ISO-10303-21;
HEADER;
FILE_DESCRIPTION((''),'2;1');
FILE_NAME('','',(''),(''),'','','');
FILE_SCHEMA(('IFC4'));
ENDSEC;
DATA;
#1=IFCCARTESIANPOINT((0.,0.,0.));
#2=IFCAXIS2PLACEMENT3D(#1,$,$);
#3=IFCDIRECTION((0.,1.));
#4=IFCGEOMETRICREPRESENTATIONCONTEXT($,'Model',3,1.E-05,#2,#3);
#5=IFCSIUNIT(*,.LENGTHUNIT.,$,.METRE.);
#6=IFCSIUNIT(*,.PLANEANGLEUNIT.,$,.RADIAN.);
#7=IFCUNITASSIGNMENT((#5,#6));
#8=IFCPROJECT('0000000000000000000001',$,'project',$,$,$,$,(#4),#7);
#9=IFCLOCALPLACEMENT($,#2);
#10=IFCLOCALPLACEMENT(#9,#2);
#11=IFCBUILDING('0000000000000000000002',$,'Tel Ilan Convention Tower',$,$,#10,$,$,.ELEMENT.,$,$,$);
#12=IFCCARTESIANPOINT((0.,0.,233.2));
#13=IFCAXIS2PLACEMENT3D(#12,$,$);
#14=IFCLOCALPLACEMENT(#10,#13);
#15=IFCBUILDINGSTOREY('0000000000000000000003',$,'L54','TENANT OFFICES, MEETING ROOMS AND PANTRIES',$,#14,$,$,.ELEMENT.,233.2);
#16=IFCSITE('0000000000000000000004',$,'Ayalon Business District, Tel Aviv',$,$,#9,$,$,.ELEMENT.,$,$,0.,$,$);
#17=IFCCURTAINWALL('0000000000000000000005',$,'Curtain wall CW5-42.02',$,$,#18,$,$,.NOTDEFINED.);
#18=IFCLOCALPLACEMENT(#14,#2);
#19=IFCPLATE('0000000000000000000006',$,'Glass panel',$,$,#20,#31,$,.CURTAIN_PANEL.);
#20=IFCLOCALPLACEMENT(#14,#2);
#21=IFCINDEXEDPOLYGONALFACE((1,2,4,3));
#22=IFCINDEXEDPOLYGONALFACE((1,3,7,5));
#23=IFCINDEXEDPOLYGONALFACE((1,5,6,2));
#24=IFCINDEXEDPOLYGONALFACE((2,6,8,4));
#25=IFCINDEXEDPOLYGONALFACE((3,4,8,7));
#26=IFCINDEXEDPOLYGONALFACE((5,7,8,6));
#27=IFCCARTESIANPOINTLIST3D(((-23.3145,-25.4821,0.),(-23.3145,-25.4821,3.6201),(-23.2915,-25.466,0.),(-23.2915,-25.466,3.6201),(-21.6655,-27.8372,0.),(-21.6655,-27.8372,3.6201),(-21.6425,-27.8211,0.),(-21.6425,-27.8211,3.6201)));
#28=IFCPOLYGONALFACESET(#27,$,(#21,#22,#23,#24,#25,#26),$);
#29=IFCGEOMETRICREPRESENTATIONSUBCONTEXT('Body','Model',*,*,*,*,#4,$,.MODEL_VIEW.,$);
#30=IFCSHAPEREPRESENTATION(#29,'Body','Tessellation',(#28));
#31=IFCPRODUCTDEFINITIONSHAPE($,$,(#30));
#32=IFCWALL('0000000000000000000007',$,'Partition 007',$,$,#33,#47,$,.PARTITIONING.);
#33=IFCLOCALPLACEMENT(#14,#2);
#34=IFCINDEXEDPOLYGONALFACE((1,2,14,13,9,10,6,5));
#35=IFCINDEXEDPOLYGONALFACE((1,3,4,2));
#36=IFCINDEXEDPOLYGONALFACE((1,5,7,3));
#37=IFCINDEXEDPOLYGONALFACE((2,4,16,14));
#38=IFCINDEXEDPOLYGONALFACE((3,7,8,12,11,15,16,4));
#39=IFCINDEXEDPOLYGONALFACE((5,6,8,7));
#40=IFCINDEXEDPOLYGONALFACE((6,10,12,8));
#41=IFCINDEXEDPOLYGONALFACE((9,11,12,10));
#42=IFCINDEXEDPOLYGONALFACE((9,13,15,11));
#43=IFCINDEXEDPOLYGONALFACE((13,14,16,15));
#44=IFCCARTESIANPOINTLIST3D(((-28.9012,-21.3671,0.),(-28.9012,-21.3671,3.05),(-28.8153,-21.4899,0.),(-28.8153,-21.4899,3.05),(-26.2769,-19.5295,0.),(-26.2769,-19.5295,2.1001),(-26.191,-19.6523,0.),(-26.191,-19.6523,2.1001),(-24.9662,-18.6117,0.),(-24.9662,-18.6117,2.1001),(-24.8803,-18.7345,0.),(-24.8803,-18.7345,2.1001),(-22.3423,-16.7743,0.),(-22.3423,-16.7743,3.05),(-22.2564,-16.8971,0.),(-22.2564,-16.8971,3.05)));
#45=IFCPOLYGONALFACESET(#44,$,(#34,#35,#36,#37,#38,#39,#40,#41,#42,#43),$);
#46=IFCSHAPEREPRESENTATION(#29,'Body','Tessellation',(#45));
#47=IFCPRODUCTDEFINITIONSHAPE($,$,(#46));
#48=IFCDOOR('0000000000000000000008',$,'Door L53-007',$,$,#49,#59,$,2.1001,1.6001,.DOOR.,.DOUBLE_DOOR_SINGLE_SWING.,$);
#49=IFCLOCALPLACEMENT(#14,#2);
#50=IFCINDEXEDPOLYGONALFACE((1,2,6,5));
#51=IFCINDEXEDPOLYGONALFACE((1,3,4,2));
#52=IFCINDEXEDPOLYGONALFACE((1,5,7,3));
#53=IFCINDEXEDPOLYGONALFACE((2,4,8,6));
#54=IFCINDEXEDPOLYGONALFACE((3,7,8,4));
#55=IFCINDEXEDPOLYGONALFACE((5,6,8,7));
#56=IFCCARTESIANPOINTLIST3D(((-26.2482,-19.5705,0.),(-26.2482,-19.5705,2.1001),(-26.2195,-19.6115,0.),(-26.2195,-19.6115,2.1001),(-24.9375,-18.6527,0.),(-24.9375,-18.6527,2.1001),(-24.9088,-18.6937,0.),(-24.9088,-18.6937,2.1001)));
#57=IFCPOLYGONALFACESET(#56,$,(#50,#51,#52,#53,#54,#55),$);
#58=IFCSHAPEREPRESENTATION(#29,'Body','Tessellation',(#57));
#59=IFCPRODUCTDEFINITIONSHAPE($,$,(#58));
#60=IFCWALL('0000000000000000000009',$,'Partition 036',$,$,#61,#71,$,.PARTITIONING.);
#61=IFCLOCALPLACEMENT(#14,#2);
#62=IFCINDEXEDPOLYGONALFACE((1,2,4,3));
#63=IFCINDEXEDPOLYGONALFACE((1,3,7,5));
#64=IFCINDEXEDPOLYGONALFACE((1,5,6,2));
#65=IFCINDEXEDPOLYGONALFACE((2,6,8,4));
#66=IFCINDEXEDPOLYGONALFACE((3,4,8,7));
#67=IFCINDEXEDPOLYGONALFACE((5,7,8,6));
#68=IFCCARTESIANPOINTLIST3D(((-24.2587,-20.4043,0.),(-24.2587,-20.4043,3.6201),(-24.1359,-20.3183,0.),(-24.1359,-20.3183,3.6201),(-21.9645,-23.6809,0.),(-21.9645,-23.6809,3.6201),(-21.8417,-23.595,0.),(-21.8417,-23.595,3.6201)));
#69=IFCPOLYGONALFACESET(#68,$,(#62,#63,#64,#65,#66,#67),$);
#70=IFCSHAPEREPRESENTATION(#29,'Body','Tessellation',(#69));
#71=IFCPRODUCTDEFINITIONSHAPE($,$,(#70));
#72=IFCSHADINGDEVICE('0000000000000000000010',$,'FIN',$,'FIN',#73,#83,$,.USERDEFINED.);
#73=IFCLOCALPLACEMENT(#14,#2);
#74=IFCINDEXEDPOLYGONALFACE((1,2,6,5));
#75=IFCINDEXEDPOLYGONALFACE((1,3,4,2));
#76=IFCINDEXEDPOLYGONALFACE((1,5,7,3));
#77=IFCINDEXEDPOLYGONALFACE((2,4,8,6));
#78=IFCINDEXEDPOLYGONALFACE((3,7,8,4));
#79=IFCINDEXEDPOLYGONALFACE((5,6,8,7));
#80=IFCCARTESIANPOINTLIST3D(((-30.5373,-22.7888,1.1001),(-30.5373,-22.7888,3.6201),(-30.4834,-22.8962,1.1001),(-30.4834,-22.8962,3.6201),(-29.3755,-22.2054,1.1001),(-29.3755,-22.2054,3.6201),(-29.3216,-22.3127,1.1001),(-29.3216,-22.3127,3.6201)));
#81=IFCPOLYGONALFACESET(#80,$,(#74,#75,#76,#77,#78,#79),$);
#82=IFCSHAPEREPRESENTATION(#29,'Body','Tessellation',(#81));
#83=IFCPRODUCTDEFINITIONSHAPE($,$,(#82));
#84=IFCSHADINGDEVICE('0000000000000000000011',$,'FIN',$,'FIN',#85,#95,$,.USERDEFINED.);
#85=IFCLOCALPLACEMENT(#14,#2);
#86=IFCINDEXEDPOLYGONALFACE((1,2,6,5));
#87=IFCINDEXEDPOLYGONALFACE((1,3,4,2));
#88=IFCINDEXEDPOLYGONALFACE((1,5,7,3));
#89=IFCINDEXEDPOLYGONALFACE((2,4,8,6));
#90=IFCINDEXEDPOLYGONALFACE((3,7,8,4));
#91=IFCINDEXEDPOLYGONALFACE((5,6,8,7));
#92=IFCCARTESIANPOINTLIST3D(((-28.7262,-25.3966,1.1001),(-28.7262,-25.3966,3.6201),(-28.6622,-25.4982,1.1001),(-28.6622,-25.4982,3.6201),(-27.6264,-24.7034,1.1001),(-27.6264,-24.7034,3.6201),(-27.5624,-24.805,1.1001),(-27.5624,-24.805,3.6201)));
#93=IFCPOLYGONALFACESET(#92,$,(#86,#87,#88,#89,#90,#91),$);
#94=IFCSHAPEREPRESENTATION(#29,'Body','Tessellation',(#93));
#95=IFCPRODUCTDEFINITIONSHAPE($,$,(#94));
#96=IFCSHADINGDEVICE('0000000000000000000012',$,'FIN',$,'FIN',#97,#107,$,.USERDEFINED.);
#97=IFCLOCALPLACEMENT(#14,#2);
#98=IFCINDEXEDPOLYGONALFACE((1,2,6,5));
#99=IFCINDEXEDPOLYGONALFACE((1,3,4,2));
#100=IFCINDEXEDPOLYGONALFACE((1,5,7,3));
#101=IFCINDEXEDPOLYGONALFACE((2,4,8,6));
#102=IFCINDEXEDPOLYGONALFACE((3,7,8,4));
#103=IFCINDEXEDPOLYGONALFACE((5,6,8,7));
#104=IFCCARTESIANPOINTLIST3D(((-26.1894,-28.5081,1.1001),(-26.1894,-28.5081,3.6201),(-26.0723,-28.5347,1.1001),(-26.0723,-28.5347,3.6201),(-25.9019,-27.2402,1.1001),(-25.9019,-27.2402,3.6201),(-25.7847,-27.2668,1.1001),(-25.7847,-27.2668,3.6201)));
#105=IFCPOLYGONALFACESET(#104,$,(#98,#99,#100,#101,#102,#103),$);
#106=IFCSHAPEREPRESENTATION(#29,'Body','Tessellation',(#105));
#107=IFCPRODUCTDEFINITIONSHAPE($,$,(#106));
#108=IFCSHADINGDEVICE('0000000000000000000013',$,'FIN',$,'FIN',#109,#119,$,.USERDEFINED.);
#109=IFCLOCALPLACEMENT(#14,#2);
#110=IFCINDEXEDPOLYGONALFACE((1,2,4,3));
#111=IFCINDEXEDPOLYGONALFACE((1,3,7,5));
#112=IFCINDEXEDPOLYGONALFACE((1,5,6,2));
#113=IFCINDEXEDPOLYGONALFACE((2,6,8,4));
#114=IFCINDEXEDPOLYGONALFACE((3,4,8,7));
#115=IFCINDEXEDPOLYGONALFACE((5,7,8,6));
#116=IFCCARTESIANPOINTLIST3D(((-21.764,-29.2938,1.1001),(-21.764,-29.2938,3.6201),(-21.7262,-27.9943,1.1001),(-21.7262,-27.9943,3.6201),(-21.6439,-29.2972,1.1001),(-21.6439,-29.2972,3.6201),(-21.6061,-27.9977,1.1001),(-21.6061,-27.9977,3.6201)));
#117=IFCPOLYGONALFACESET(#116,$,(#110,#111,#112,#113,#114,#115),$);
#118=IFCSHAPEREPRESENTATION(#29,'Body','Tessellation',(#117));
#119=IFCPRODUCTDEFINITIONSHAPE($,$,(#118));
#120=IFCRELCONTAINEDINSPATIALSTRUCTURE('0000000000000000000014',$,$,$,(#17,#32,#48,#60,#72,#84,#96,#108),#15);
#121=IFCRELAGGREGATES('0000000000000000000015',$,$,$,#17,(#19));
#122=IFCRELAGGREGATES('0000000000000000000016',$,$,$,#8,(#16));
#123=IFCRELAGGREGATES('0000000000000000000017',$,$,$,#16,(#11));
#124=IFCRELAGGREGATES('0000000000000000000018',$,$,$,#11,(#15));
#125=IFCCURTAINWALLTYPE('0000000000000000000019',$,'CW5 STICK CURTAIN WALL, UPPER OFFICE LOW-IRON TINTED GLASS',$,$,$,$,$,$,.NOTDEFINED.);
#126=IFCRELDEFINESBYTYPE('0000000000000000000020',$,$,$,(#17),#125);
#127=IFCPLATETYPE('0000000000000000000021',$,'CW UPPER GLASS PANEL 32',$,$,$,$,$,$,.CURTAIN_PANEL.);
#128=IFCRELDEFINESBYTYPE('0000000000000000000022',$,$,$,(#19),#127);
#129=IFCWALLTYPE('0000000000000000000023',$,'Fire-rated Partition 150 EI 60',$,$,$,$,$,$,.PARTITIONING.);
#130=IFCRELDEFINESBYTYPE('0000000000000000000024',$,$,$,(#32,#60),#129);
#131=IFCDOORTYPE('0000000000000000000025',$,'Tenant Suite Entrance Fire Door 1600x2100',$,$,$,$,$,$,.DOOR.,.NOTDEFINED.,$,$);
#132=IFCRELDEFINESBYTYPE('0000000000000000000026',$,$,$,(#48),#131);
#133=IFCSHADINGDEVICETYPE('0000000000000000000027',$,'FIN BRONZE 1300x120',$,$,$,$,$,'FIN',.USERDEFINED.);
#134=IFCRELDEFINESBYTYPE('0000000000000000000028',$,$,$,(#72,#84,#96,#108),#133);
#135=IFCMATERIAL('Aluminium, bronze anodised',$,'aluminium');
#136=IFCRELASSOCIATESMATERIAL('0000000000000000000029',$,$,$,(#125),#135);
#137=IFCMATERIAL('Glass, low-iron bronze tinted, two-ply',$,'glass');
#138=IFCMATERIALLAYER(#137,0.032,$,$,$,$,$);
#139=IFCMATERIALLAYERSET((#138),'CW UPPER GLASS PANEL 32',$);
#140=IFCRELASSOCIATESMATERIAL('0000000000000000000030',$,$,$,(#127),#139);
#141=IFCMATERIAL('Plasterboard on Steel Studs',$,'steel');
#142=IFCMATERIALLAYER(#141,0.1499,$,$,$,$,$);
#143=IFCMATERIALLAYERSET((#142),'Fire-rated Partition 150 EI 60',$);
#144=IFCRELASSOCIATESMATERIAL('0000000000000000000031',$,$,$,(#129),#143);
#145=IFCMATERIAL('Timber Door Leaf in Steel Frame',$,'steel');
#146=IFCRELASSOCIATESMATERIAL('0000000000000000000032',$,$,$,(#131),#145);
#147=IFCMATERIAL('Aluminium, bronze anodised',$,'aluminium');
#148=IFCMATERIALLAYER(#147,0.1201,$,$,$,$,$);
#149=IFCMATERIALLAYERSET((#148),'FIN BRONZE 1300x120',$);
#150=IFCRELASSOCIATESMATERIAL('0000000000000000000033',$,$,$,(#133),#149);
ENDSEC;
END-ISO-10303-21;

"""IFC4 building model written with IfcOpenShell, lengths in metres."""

from ifc_helpers import new_model, si_unit, direction, frame, frame_2d, origin, origin_2d, place, context, subcontext, project, spatial, rectangle, extrude, material, layer, layer_set, type_object, element, fill, aggregate, save


model = new_model("IFC4")

# Units and contexts
model_context = context("Model", 3, precision=1e-05, world=origin(), true_north=direction((0.0, 1.0)))
body_context = subcontext(model_context, "Body", "Model", "MODEL_VIEW")
ifc_project = project(units=[si_unit("LENGTHUNIT", "METRE"), si_unit("PLANEANGLEUNIT", "RADIAN")], contexts=[model_context])

# Site, building, storey
site_placement = place(None, origin())
site = spatial("IfcSite", under=ifc_project, at=site_placement, Name="Ayalon Business District, Tel Aviv", CompositionType="ELEMENT", RefElevation=0.0)
building_placement = place(site_placement, origin())
building = spatial("IfcBuilding", under=site, at=building_placement, Name="Tel Ilan Convention Tower", CompositionType="ELEMENT")
storey_placement = place(building_placement, frame((0.0, 0.0, 233.2)))
storey = spatial("IfcBuildingStorey", under=building, at=storey_placement, Name="L54", Description="TENANT OFFICES, MEETING ROOMS AND PANTRIES", CompositionType="ELEMENT", Elevation=233.2)

# Curtain wall, plate
ifc_material_1 = material(Name="Aluminium, bronze anodised", Category="aluminium")
curtain_wall_type = type_object("IfcCurtainWallType", Name="CW5 STICK CURTAIN WALL, UPPER OFFICE LOW-IRON TINTED GLASS", PredefinedType="NOTDEFINED", material=ifc_material_1)
curtain_wall_placement = place(storey_placement, origin())
curtain_wall = element("IfcCurtainWall", 1, at=curtain_wall_placement, inside=storey, type_object=curtain_wall_type, Name="Curtain wall CW5-42.02", PredefinedType="NOTDEFINED")
ifc_material_2 = material(Name="Glass, low-iron bronze tinted, two-ply", Category="glass")
ifc_layer_1 = layer(ifc_material_2, 0.032)
ifc_layer_set_1 = layer_set([ifc_layer_1], Name="CW UPPER GLASS PANEL 32")
plate_type = type_object("IfcPlateType", Name="CW UPPER GLASS PANEL 32", PredefinedType="CURTAIN_PANEL", material=ifc_layer_set_1)
plate_1_placement = place(storey_placement, frame((-22.4785, -26.6516, 0.0), z_axis=(0.0, 0.0, 1.0), x_axis=(0.573576, -0.819152, 0.0)))
plate_1 = element("IfcPlate", 2, at=plate_1_placement, type_object=plate_type, Name="Glass panel", PredefinedType="CURTAIN_PANEL", context=body_context, shape_type="SweptSolid", body=[
    extrude(rectangle(XDim=2.875, YDim=0.0281, at=origin_2d()), origin(), (0.0, 0.0, 1.0), 3.6201),
])
aggregate(curtain_wall, [plate_1])

# Wall, opening, door
ifc_material_3 = material(Name="Plasterboard on Steel Studs", Category="steel")
ifc_layer_2 = layer(ifc_material_3, 0.1499)
ifc_layer_set_2 = layer_set([ifc_layer_2], Name="Fire-rated Partition 150 EI 60")
wall_type = type_object("IfcWallType", Name="Fire-rated Partition 150 EI 60", PredefinedType="PARTITIONING", material=ifc_layer_set_2)
wall_1_placement = place(storey_placement, frame((-28.8582, -21.4285, 0.0), z_axis=(0.0, 0.0, 1.0), x_axis=(0.819139, 0.573595, 0.0)))
wall_1 = element("IfcWall", 3, at=wall_1_placement, inside=storey, type_object=wall_type, Name="Partition 007", PredefinedType="PARTITIONING", context=body_context, shape_type="SweptSolid", body=[
    extrude(rectangle(XDim=8.0071, YDim=0.1499, at=frame_2d((4.0034, 0.0))), origin(), (0.0, 0.0, 1.0), 3.05),
])
opening_placement = place(wall_1_placement, frame((3.2036, 0.0, 0.0)))
opening = element("IfcOpeningElement", 4, at=opening_placement, cuts=wall_1, PredefinedType="OPENING", context=body_context, shape_type="SweptSolid", body=[
    extrude(rectangle(XDim=1.6001, YDim=2.1001, at=frame_2d((0.8, 1.05))), frame((0.0, 0.085, 0.0), z_axis=(0.0, -1.0, 0.0), x_axis=(1.0, 0.0, 0.0)), (0.0, 0.0, 1.0), 0.1699),
])
ifc_material_4 = material(Name="Timber Door Leaf in Steel Frame", Category="steel")
door_type = type_object("IfcDoorType", Name="Tenant Suite Entrance Fire Door 1600x2100", OperationType="NOTDEFINED", PredefinedType="DOOR", material=ifc_material_4)
door_placement = place(opening_placement, origin())
door = element("IfcDoor", 5, at=door_placement, inside=storey, type_object=door_type, Name="Door L53-007", OperationType="DOUBLE_DOOR_SINGLE_SWING", OverallHeight=2.1001, OverallWidth=1.6001, PredefinedType="DOOR", context=body_context, shape_type="SweptSolid", body=[
    extrude(rectangle(XDim=1.6001, YDim=2.1001, at=frame_2d((0.8, 1.05))), frame((0.0, 0.0249, 0.0), z_axis=(0.0, -1.0, 0.0), x_axis=(1.0, 0.0, 0.0)), (0.0, 0.0, 1.0), 0.05),
])
fill(opening, door)

# Wall
wall_2_placement = place(storey_placement, frame((-21.9031, -23.6379, 0.0), z_axis=(0.0, 0.0, 1.0), x_axis=(-0.573557, 0.819166, 0.0)))
element("IfcWall", 6, at=wall_2_placement, inside=storey, type_object=wall_type, Name="Partition 036", PredefinedType="PARTITIONING", context=body_context, shape_type="SweptSolid", body=[
    extrude(rectangle(XDim=4.0, YDim=0.1499, at=frame_2d((2.0, 0.0))), origin(), (0.0, 0.0, 1.0), 3.6201),
])

# Shading devices
ifc_material_5 = material(Name="Aluminium, bronze anodised", Category="aluminium")
ifc_layer_3 = layer(ifc_material_5, 0.1201)
ifc_layer_set_3 = layer_set([ifc_layer_3], Name="FIN BRONZE 1300x120")
shading_device_type = type_object("IfcShadingDeviceType", Name="FIN BRONZE 1300x120", ElementType="FIN", PredefinedType="USERDEFINED", material=ifc_layer_set_3)
for number, where, z_axis, x_axis, name in (
    (7, (-29.9294, -22.5508, 1.1001), (0.0, 0.0, 1.0), (-0.893633, -0.448799, 0.0), "FIN"),
    (8, (-28.1443, -25.1008, 1.1001), (0.0, 0.0, 1.0), (-0.845986, -0.533204, 0.0), "FIN"),
    (9, (-25.9871, -27.8875, 1.1001), (0.0, 0.0, 1.0), (-0.22117, -0.975235, 0.0), "FIN"),
    (10, (-21.6851, -28.6458, 1.1001), (0.0, 0.0, 1.0), (-0.029085, -0.999577, 0.0), "FIN"),
):
    element("IfcShadingDevice", number, at=place(storey_placement, frame(where, z_axis=z_axis, x_axis=x_axis)), inside=storey, type_object=shading_device_type, Name=name, ObjectType="FIN", PredefinedType="USERDEFINED", context=body_context, shape_type="SweptSolid", body=[
        extrude(rectangle(XDim=1.3, YDim=0.1201, at=origin_2d()), origin(), (0.0, 0.0, 1.0), 2.52),
    ])

save(model, "model.ifc")
